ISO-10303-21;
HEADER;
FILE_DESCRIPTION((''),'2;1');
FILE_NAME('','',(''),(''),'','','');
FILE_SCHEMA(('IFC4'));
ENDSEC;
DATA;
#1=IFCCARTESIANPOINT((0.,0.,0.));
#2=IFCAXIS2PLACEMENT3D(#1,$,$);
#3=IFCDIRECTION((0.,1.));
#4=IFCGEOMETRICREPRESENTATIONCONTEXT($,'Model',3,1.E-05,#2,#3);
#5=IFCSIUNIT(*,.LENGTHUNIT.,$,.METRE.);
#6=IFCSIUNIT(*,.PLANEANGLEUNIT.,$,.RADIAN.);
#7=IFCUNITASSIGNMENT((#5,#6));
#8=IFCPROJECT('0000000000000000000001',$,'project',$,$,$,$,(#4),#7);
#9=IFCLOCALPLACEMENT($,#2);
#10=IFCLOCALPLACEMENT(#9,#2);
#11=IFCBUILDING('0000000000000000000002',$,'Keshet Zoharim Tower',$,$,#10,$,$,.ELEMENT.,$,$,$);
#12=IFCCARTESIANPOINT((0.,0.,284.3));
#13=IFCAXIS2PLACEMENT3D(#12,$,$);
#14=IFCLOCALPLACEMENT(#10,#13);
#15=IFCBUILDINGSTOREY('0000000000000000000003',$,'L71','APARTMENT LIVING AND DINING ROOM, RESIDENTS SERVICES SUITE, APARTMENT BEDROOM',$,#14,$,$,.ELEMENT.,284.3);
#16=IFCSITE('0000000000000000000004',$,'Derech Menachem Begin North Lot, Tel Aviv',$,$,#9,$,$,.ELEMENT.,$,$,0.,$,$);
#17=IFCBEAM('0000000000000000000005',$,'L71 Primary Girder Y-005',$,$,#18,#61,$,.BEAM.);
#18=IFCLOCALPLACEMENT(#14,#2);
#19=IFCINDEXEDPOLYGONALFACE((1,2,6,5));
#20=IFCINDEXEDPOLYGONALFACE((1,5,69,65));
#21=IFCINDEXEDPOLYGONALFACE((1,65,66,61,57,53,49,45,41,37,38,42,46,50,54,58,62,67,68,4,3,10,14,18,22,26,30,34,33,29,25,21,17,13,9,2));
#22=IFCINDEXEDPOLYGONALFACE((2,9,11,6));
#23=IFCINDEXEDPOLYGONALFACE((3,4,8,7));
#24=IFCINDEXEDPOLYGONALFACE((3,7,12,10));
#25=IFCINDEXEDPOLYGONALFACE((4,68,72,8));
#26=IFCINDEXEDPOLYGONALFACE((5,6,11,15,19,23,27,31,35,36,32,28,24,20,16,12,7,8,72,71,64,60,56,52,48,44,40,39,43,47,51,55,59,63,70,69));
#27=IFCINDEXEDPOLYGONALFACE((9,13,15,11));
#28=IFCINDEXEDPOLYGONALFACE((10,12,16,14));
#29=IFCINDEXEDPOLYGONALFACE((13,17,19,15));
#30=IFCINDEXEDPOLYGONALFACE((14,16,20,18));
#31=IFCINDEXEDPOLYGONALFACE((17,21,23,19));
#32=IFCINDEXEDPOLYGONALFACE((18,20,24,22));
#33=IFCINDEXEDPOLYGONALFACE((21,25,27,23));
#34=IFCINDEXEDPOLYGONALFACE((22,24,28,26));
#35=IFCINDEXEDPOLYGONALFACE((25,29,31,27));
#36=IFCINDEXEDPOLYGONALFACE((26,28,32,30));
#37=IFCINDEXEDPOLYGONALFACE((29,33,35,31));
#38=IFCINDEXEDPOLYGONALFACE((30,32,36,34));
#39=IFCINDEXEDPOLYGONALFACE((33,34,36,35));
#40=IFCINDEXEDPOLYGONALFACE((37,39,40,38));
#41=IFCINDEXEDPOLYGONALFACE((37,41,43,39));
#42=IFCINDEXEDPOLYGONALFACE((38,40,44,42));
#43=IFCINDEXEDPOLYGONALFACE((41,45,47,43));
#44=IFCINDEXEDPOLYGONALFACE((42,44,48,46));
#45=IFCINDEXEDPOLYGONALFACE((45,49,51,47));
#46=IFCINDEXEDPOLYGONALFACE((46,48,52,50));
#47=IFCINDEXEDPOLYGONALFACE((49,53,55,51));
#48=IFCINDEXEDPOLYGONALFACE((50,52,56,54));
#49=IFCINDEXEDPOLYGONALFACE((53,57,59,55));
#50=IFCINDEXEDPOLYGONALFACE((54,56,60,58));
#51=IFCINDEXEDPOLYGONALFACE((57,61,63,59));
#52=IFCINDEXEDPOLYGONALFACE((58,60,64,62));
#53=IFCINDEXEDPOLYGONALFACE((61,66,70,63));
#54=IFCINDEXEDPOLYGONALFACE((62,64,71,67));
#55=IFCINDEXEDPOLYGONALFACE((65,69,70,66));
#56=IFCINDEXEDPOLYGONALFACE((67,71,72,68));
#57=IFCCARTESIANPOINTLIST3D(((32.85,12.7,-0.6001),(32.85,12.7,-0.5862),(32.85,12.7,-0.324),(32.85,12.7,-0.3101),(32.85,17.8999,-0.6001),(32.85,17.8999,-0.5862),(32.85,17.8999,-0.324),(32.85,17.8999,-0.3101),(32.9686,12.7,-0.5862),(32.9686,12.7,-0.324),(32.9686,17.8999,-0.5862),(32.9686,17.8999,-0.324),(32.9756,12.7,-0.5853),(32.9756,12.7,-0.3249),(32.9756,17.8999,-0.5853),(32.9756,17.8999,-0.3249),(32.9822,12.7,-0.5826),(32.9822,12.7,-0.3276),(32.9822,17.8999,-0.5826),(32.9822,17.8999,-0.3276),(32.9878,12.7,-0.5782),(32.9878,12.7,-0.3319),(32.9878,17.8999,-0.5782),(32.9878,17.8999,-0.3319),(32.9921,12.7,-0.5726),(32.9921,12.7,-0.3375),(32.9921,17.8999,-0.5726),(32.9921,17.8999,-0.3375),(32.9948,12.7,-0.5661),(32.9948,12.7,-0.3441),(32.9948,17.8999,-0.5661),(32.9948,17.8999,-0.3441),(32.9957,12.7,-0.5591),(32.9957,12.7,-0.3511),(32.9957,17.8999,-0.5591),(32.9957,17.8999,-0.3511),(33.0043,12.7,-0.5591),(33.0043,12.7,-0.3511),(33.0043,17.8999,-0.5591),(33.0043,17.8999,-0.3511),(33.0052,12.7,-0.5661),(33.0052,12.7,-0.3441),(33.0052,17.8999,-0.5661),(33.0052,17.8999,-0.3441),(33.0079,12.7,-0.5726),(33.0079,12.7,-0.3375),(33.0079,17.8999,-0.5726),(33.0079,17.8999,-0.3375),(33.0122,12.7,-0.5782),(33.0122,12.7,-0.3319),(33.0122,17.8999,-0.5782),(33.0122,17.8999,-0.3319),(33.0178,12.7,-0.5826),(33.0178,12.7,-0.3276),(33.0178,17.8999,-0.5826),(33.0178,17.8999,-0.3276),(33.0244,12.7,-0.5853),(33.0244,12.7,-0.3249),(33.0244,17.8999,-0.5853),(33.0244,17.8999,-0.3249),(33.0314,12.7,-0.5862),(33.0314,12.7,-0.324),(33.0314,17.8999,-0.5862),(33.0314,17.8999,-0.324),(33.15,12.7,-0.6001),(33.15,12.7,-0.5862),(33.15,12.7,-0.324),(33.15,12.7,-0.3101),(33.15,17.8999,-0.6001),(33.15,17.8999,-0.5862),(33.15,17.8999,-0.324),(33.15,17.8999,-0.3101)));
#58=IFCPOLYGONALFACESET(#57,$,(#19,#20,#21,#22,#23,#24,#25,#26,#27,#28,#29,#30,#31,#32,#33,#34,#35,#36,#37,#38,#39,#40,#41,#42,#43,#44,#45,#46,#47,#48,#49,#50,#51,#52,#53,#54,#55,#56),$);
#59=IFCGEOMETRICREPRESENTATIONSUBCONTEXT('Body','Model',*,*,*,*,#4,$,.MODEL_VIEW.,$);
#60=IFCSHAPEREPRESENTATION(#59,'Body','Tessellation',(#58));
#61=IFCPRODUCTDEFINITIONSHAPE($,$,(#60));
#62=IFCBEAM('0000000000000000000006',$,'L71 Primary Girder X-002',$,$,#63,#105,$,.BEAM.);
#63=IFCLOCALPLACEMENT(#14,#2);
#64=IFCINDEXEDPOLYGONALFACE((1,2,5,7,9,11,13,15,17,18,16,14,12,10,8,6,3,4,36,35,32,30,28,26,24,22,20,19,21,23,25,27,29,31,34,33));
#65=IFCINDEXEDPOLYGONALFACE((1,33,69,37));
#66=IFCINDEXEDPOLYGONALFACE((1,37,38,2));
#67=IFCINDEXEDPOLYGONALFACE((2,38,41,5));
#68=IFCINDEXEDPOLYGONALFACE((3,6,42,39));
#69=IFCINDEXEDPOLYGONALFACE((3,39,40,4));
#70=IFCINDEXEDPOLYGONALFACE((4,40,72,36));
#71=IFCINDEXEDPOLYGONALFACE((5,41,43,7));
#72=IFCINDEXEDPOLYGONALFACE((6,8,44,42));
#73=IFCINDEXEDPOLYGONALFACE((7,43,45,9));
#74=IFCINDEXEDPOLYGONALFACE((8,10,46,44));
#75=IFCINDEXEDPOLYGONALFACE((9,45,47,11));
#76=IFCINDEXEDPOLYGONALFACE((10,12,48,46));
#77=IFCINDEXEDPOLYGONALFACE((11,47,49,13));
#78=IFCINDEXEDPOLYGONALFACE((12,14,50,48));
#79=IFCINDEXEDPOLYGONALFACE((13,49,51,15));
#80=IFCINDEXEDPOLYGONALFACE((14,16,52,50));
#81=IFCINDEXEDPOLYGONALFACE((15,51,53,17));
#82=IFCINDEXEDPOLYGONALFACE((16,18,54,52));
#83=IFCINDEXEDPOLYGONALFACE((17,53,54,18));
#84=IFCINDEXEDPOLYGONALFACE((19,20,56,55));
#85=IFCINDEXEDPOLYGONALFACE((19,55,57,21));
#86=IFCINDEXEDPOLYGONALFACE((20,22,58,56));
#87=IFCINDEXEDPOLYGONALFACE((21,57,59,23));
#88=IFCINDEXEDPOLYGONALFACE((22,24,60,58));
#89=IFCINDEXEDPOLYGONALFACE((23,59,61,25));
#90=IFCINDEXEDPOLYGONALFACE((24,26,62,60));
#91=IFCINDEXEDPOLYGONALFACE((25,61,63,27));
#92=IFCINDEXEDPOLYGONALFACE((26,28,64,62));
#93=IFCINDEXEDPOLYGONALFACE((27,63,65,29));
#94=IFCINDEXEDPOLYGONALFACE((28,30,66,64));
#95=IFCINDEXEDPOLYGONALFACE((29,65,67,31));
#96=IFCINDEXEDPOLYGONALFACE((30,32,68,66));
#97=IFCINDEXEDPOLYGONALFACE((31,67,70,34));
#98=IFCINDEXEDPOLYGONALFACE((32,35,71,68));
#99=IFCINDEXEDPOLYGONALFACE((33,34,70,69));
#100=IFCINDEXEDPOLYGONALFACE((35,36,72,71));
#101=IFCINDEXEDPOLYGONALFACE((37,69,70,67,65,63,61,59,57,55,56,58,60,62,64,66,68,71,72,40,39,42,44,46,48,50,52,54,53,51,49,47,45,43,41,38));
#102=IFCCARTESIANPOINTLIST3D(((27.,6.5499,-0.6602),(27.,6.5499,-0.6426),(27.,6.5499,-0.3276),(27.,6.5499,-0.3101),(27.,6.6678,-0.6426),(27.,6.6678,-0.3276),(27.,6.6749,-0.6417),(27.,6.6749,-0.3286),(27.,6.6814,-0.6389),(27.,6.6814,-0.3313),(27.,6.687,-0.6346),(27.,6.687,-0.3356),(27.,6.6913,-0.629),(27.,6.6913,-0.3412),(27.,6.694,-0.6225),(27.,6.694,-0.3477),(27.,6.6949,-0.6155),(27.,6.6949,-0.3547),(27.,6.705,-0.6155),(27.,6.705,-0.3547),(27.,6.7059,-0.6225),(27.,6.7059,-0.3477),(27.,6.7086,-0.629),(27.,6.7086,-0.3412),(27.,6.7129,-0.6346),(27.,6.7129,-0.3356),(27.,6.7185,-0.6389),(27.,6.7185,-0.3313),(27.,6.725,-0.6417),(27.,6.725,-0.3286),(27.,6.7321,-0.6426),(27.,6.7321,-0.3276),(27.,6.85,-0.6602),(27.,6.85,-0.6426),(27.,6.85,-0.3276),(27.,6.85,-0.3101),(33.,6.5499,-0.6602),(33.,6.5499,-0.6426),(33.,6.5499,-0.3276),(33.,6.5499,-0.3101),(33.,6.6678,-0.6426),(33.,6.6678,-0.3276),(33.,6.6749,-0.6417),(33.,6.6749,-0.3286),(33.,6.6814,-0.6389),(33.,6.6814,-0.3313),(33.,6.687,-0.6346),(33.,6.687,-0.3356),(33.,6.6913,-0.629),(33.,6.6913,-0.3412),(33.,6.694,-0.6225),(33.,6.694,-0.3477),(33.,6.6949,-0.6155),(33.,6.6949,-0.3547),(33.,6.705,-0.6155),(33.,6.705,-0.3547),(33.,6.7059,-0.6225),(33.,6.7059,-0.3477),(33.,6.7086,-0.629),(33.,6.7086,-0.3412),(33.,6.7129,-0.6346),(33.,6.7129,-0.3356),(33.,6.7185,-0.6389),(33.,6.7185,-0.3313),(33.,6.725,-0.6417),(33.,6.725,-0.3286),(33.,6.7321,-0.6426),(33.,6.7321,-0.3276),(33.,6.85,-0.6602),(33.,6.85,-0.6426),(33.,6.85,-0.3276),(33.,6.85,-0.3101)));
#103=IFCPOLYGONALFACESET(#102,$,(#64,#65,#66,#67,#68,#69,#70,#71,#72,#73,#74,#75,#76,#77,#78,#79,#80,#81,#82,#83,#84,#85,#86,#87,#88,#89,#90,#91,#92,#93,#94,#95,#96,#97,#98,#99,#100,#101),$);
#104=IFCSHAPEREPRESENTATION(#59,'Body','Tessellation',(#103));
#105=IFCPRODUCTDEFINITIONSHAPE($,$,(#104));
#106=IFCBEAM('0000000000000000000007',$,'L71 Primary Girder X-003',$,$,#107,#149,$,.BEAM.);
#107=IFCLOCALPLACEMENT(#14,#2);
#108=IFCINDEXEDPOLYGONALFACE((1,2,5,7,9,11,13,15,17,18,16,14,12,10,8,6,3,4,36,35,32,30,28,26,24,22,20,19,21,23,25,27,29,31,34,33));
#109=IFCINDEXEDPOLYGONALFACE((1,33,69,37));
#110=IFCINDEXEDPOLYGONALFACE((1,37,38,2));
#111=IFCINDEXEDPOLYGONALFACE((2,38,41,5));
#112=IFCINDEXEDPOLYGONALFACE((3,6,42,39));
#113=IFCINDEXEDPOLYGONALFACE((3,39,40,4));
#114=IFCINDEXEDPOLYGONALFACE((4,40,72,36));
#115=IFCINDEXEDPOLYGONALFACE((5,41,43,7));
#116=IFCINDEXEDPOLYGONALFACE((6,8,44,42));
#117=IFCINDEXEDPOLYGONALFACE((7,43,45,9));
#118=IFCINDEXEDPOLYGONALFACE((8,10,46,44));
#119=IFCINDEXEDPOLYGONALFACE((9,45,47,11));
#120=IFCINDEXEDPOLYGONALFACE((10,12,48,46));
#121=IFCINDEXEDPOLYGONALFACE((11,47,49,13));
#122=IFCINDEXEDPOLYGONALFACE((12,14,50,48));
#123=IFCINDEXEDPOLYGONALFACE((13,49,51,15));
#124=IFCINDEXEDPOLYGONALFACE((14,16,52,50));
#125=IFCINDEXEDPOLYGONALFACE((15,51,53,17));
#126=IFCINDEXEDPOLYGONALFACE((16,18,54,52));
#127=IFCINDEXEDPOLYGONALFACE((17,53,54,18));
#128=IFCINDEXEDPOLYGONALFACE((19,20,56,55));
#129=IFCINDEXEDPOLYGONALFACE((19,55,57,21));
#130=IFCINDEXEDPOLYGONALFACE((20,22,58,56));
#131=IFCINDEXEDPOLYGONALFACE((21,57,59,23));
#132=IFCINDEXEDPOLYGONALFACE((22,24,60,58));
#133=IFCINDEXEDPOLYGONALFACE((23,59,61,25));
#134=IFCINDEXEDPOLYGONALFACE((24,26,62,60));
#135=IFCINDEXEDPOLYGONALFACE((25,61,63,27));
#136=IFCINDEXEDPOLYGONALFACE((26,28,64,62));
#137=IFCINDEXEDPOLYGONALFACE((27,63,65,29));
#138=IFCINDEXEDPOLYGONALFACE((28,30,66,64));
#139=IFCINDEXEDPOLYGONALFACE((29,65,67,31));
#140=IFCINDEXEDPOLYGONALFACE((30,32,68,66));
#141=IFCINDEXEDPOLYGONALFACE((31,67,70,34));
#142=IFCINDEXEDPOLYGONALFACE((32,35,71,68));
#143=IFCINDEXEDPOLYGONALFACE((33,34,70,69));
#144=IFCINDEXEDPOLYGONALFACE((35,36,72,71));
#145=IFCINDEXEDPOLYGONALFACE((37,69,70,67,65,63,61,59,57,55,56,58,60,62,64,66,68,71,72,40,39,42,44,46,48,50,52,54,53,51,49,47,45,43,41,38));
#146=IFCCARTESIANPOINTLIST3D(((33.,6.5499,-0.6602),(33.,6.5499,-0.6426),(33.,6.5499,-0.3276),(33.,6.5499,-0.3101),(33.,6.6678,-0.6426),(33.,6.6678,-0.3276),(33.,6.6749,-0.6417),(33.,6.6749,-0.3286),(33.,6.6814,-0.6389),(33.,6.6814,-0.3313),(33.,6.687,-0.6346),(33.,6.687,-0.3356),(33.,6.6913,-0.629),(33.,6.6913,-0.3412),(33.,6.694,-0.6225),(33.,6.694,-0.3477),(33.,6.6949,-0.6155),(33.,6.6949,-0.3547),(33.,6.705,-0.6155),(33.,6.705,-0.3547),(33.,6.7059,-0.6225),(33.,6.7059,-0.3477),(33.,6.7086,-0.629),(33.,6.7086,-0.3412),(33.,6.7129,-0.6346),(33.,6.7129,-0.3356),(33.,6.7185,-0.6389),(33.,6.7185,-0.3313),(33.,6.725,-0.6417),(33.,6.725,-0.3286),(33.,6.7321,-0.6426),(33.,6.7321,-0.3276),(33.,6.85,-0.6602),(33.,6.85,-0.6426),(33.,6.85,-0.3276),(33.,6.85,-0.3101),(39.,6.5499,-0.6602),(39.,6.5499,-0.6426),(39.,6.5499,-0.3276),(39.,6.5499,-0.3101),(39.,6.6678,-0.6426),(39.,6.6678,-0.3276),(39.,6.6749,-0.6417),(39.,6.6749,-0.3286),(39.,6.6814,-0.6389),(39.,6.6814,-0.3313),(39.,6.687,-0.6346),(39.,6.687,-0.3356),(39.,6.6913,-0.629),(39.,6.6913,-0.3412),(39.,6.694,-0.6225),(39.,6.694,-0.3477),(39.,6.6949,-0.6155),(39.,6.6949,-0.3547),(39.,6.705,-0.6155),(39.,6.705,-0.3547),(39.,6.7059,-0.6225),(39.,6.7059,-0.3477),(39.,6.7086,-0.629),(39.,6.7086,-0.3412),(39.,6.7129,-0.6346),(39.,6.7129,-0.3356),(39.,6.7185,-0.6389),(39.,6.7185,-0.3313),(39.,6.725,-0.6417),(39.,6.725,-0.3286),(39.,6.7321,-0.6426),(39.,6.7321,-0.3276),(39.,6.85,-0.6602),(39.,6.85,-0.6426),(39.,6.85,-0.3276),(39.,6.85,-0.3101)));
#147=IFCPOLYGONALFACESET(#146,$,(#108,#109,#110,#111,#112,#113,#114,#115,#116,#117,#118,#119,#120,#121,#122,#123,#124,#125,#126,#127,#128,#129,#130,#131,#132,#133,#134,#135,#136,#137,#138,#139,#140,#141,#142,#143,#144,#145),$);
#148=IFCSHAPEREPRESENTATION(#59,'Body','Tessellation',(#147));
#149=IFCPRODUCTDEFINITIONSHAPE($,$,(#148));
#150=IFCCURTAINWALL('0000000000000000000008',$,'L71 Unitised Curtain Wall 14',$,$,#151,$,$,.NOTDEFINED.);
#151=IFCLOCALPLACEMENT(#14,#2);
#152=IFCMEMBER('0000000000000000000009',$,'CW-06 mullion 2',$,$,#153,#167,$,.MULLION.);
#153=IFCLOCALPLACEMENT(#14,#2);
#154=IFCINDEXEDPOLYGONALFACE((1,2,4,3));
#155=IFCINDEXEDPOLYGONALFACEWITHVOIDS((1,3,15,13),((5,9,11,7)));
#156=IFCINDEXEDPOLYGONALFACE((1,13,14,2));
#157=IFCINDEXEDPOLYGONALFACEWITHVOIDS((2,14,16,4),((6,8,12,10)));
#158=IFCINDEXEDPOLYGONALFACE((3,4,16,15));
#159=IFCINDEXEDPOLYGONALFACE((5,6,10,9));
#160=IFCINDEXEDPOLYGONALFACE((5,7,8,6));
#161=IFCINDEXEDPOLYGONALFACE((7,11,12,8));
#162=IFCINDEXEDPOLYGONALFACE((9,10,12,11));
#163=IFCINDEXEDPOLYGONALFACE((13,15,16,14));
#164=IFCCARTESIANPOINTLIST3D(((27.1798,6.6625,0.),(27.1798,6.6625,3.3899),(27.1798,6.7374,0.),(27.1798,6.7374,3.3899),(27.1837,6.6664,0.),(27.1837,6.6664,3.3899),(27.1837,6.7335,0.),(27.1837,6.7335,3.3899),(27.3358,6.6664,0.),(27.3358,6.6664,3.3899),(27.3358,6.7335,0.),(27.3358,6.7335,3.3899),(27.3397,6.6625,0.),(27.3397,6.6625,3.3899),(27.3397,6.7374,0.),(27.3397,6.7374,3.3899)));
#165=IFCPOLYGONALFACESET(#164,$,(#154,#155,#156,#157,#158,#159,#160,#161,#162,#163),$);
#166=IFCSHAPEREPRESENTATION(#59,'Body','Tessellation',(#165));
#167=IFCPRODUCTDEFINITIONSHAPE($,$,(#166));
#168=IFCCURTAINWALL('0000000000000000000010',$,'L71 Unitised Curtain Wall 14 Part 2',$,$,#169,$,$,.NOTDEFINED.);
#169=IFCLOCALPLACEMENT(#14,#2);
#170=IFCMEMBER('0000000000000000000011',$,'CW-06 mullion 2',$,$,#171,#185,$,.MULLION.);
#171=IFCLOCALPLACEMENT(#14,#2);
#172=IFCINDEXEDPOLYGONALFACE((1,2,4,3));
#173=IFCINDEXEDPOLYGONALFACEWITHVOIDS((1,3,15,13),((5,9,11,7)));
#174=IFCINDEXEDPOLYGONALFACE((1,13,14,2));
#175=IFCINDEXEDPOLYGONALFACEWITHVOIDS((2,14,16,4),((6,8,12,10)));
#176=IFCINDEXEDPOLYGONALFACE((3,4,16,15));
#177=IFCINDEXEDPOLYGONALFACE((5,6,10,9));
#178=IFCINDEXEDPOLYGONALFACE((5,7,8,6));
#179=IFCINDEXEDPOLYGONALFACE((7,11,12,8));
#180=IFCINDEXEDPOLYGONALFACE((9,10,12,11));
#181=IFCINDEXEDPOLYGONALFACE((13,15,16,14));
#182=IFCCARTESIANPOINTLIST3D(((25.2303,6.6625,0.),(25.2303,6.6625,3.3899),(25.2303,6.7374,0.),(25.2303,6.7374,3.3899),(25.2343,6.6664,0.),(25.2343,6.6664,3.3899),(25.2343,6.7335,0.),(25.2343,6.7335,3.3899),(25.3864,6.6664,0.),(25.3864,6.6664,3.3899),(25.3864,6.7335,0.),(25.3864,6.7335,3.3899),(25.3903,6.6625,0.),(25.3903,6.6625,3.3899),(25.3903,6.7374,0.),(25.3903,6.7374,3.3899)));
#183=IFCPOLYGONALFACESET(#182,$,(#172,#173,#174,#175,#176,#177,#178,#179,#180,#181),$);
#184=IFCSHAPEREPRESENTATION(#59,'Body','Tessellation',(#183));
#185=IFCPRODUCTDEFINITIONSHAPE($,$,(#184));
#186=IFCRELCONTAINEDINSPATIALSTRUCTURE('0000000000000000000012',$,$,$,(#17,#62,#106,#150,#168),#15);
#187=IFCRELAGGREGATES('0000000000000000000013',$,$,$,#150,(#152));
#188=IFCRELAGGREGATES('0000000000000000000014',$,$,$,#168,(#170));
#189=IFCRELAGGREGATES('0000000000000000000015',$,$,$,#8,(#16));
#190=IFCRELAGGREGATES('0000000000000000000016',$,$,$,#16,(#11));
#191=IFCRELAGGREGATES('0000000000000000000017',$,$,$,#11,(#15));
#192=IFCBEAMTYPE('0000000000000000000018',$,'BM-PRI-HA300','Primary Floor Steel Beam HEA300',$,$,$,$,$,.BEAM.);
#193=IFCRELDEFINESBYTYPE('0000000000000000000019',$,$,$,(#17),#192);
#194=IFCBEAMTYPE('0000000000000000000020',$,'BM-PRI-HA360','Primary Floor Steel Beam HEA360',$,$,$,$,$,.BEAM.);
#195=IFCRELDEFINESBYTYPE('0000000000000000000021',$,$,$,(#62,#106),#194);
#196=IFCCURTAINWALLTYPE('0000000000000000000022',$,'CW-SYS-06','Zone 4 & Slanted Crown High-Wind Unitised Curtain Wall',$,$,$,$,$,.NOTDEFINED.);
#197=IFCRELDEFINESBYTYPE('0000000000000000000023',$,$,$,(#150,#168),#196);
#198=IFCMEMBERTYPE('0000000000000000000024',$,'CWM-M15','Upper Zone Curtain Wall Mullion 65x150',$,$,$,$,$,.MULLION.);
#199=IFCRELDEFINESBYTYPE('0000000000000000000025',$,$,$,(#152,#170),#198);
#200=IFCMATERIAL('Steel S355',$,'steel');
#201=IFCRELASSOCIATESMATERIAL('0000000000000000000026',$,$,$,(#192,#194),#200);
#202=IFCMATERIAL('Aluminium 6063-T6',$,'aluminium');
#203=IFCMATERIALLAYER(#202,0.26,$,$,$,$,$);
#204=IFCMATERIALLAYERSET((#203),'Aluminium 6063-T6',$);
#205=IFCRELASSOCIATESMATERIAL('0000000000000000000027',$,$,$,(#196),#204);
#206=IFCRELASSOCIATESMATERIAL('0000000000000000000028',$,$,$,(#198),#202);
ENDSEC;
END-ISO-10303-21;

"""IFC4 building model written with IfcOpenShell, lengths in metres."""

from ifc_helpers import new_model, si_unit, direction, frame, origin, origin_2d, place, context, subcontext, project, spatial, hollow_rectangle, i_section, extrude, material, layer, layer_set, material_profile, profile_set, type_object, element, aggregate, save


model = new_model("IFC4")

# Units and contexts
model_context = context("Model", 3, precision=1e-05, world=origin(), true_north=direction((0.0, 1.0)))
body_context = subcontext(model_context, "Body", "Model", "MODEL_VIEW")
ifc_project = project(units=[si_unit("LENGTHUNIT", "METRE"), si_unit("PLANEANGLEUNIT", "RADIAN")], contexts=[model_context])

# Site, building, storey
site_placement = place(None, origin())
site = spatial("IfcSite", under=ifc_project, at=site_placement, Name="Derech Menachem Begin North Lot, Tel Aviv", CompositionType="ELEMENT", RefElevation=0.0)
building_placement = place(site_placement, origin())
building = spatial("IfcBuilding", under=site, at=building_placement, Name="Keshet Zoharim Tower", CompositionType="ELEMENT")
storey_placement = place(building_placement, frame((0.0, 0.0, 284.3)))
storey = spatial("IfcBuildingStorey", under=building, at=storey_placement, Name="L71", Description="APARTMENT LIVING AND DINING ROOM, RESIDENTS SERVICES SUITE, APARTMENT BEDROOM", CompositionType="ELEMENT", Elevation=284.3)

# Shared definitions
ifc_material_1 = material(Name="Steel S355", Category="steel")

# Beams
ifc_material_profile_1 = material_profile(ifc_material_1, i_section(OverallWidth=0.3, OverallDepth=0.29, WebThickness=0.0085, FlangeThickness=0.0139, FilletRadius=0.0271, at=origin_2d()), Name="HEA300")
ifc_profile_set_1 = profile_set([ifc_material_profile_1], Name="Steel S355")
beam_type_1 = type_object("IfcBeamType", Name="BM-PRI-HA300", Description="Primary Floor Steel Beam HEA300", PredefinedType="BEAM", material=ifc_profile_set_1)
beam_1_placement = place(storey_placement, frame((33.0, 12.7, -0.4551), z_axis=(0.0, 1.0, 0.0), x_axis=(-1.0, 0.0, 0.0)))
element("IfcBeam", 1, at=beam_1_placement, inside=storey, type_object=beam_type_1, Name="L71 Primary Girder Y-005", PredefinedType="BEAM", context=body_context, shape_type="SweptSolid", body=[
    extrude(i_section(OverallWidth=0.3, OverallDepth=0.29, WebThickness=0.0085, FlangeThickness=0.0139, FilletRadius=0.0271, at=origin_2d()), origin(), (0.0, 0.0, 1.0), 5.2),
])
ifc_material_profile_2 = material_profile(ifc_material_1, i_section(OverallWidth=0.3, OverallDepth=0.3501, WebThickness=0.01, FlangeThickness=0.0176, FilletRadius=0.0271, at=origin_2d()), Name="HEA360")
ifc_profile_set_2 = profile_set([ifc_material_profile_2], Name="Steel S355")
beam_type_2 = type_object("IfcBeamType", Name="BM-PRI-HA360", Description="Primary Floor Steel Beam HEA360", PredefinedType="BEAM", material=ifc_profile_set_2)
for number, where, z_axis, x_axis, name in (
    (2, (27.0, 6.7, -0.4851), (1.0, 0.0, 0.0), (0.0, 1.0, 0.0), "L71 Primary Girder X-002"),
    (3, (33.0, 6.7, -0.4851), (1.0, 0.0, 0.0), (0.0, 1.0, 0.0), "L71 Primary Girder X-003"),
):
    element("IfcBeam", number, at=place(storey_placement, frame(where, z_axis=z_axis, x_axis=x_axis)), inside=storey, type_object=beam_type_2, Name=name, PredefinedType="BEAM", context=body_context, shape_type="SweptSolid", body=[
        extrude(i_section(OverallWidth=0.3, OverallDepth=0.3501, WebThickness=0.01, FlangeThickness=0.0176, FilletRadius=0.0271, at=origin_2d()), origin(), (0.0, 0.0, 1.0), 6.0),
    ])

# Curtain wall, member
ifc_material_2 = material(Name="Aluminium 6063-T6", Category="aluminium")
ifc_layer_1 = layer(ifc_material_2, 0.26)
ifc_layer_set_1 = layer_set([ifc_layer_1], Name="Aluminium 6063-T6")
curtain_wall_type = type_object("IfcCurtainWallType", Name="CW-SYS-06", Description="Zone 4 & Slanted Crown High-Wind Unitised Curtain Wall", PredefinedType="NOTDEFINED", material=ifc_layer_set_1)
curtain_wall_1_placement = place(storey_placement, origin())
curtain_wall_1 = element("IfcCurtainWall", 4, at=curtain_wall_1_placement, inside=storey, type_object=curtain_wall_type, Name="L71 Unitised Curtain Wall 14", PredefinedType="NOTDEFINED")
ifc_material_profile_3 = material_profile(ifc_material_2, hollow_rectangle(XDim=0.075, YDim=0.1599, WallThickness=0.0039, at=origin_2d()), Name="MUL-75x160")
ifc_profile_set_3 = profile_set([ifc_material_profile_3], Name="Aluminium 6063-T6")
member_type_1 = type_object("IfcMemberType", Name="CWM-M15", Description="Upper Zone Curtain Wall Mullion 65x150", PredefinedType="MULLION", material=ifc_profile_set_3)
member_1_placement = place(storey_placement, frame((27.2598, 6.7, 0.0), z_axis=(0.0, 0.0, 1.0), x_axis=(0.0, -1.0, 0.0)))
member_1 = element("IfcMember", 5, at=member_1_placement, type_object=member_type_1, Name="CW-06 mullion 2", PredefinedType="MULLION", context=body_context, shape_type="SweptSolid", body=[
    extrude(hollow_rectangle(XDim=0.075, YDim=0.1599, WallThickness=0.0039, at=origin_2d()), origin(), (0.0, 0.0, 1.0), 3.3899),
])

# Curtain wall, member
curtain_wall_2_placement = place(storey_placement, origin())
curtain_wall_2 = element("IfcCurtainWall", 6, at=curtain_wall_2_placement, inside=storey, type_object=curtain_wall_type, Name="L71 Unitised Curtain Wall 14 Part 2", PredefinedType="NOTDEFINED")
member_2_placement = place(storey_placement, frame((25.3103, 6.7, 0.0), z_axis=(0.0, 0.0, 1.0), x_axis=(0.0, -1.0, 0.0)))
member_2 = element("IfcMember", 7, at=member_2_placement, type_object=member_type_1, Name="CW-06 mullion 2", PredefinedType="MULLION", context=body_context, shape_type="SweptSolid", body=[
    extrude(hollow_rectangle(XDim=0.075, YDim=0.1599, WallThickness=0.0039, at=origin_2d()), origin(), (0.0, 0.0, 1.0), 3.3899),
])

aggregate(curtain_wall_1, [member_1])
aggregate(curtain_wall_2, [member_2])

save(model, "model.ifc")
